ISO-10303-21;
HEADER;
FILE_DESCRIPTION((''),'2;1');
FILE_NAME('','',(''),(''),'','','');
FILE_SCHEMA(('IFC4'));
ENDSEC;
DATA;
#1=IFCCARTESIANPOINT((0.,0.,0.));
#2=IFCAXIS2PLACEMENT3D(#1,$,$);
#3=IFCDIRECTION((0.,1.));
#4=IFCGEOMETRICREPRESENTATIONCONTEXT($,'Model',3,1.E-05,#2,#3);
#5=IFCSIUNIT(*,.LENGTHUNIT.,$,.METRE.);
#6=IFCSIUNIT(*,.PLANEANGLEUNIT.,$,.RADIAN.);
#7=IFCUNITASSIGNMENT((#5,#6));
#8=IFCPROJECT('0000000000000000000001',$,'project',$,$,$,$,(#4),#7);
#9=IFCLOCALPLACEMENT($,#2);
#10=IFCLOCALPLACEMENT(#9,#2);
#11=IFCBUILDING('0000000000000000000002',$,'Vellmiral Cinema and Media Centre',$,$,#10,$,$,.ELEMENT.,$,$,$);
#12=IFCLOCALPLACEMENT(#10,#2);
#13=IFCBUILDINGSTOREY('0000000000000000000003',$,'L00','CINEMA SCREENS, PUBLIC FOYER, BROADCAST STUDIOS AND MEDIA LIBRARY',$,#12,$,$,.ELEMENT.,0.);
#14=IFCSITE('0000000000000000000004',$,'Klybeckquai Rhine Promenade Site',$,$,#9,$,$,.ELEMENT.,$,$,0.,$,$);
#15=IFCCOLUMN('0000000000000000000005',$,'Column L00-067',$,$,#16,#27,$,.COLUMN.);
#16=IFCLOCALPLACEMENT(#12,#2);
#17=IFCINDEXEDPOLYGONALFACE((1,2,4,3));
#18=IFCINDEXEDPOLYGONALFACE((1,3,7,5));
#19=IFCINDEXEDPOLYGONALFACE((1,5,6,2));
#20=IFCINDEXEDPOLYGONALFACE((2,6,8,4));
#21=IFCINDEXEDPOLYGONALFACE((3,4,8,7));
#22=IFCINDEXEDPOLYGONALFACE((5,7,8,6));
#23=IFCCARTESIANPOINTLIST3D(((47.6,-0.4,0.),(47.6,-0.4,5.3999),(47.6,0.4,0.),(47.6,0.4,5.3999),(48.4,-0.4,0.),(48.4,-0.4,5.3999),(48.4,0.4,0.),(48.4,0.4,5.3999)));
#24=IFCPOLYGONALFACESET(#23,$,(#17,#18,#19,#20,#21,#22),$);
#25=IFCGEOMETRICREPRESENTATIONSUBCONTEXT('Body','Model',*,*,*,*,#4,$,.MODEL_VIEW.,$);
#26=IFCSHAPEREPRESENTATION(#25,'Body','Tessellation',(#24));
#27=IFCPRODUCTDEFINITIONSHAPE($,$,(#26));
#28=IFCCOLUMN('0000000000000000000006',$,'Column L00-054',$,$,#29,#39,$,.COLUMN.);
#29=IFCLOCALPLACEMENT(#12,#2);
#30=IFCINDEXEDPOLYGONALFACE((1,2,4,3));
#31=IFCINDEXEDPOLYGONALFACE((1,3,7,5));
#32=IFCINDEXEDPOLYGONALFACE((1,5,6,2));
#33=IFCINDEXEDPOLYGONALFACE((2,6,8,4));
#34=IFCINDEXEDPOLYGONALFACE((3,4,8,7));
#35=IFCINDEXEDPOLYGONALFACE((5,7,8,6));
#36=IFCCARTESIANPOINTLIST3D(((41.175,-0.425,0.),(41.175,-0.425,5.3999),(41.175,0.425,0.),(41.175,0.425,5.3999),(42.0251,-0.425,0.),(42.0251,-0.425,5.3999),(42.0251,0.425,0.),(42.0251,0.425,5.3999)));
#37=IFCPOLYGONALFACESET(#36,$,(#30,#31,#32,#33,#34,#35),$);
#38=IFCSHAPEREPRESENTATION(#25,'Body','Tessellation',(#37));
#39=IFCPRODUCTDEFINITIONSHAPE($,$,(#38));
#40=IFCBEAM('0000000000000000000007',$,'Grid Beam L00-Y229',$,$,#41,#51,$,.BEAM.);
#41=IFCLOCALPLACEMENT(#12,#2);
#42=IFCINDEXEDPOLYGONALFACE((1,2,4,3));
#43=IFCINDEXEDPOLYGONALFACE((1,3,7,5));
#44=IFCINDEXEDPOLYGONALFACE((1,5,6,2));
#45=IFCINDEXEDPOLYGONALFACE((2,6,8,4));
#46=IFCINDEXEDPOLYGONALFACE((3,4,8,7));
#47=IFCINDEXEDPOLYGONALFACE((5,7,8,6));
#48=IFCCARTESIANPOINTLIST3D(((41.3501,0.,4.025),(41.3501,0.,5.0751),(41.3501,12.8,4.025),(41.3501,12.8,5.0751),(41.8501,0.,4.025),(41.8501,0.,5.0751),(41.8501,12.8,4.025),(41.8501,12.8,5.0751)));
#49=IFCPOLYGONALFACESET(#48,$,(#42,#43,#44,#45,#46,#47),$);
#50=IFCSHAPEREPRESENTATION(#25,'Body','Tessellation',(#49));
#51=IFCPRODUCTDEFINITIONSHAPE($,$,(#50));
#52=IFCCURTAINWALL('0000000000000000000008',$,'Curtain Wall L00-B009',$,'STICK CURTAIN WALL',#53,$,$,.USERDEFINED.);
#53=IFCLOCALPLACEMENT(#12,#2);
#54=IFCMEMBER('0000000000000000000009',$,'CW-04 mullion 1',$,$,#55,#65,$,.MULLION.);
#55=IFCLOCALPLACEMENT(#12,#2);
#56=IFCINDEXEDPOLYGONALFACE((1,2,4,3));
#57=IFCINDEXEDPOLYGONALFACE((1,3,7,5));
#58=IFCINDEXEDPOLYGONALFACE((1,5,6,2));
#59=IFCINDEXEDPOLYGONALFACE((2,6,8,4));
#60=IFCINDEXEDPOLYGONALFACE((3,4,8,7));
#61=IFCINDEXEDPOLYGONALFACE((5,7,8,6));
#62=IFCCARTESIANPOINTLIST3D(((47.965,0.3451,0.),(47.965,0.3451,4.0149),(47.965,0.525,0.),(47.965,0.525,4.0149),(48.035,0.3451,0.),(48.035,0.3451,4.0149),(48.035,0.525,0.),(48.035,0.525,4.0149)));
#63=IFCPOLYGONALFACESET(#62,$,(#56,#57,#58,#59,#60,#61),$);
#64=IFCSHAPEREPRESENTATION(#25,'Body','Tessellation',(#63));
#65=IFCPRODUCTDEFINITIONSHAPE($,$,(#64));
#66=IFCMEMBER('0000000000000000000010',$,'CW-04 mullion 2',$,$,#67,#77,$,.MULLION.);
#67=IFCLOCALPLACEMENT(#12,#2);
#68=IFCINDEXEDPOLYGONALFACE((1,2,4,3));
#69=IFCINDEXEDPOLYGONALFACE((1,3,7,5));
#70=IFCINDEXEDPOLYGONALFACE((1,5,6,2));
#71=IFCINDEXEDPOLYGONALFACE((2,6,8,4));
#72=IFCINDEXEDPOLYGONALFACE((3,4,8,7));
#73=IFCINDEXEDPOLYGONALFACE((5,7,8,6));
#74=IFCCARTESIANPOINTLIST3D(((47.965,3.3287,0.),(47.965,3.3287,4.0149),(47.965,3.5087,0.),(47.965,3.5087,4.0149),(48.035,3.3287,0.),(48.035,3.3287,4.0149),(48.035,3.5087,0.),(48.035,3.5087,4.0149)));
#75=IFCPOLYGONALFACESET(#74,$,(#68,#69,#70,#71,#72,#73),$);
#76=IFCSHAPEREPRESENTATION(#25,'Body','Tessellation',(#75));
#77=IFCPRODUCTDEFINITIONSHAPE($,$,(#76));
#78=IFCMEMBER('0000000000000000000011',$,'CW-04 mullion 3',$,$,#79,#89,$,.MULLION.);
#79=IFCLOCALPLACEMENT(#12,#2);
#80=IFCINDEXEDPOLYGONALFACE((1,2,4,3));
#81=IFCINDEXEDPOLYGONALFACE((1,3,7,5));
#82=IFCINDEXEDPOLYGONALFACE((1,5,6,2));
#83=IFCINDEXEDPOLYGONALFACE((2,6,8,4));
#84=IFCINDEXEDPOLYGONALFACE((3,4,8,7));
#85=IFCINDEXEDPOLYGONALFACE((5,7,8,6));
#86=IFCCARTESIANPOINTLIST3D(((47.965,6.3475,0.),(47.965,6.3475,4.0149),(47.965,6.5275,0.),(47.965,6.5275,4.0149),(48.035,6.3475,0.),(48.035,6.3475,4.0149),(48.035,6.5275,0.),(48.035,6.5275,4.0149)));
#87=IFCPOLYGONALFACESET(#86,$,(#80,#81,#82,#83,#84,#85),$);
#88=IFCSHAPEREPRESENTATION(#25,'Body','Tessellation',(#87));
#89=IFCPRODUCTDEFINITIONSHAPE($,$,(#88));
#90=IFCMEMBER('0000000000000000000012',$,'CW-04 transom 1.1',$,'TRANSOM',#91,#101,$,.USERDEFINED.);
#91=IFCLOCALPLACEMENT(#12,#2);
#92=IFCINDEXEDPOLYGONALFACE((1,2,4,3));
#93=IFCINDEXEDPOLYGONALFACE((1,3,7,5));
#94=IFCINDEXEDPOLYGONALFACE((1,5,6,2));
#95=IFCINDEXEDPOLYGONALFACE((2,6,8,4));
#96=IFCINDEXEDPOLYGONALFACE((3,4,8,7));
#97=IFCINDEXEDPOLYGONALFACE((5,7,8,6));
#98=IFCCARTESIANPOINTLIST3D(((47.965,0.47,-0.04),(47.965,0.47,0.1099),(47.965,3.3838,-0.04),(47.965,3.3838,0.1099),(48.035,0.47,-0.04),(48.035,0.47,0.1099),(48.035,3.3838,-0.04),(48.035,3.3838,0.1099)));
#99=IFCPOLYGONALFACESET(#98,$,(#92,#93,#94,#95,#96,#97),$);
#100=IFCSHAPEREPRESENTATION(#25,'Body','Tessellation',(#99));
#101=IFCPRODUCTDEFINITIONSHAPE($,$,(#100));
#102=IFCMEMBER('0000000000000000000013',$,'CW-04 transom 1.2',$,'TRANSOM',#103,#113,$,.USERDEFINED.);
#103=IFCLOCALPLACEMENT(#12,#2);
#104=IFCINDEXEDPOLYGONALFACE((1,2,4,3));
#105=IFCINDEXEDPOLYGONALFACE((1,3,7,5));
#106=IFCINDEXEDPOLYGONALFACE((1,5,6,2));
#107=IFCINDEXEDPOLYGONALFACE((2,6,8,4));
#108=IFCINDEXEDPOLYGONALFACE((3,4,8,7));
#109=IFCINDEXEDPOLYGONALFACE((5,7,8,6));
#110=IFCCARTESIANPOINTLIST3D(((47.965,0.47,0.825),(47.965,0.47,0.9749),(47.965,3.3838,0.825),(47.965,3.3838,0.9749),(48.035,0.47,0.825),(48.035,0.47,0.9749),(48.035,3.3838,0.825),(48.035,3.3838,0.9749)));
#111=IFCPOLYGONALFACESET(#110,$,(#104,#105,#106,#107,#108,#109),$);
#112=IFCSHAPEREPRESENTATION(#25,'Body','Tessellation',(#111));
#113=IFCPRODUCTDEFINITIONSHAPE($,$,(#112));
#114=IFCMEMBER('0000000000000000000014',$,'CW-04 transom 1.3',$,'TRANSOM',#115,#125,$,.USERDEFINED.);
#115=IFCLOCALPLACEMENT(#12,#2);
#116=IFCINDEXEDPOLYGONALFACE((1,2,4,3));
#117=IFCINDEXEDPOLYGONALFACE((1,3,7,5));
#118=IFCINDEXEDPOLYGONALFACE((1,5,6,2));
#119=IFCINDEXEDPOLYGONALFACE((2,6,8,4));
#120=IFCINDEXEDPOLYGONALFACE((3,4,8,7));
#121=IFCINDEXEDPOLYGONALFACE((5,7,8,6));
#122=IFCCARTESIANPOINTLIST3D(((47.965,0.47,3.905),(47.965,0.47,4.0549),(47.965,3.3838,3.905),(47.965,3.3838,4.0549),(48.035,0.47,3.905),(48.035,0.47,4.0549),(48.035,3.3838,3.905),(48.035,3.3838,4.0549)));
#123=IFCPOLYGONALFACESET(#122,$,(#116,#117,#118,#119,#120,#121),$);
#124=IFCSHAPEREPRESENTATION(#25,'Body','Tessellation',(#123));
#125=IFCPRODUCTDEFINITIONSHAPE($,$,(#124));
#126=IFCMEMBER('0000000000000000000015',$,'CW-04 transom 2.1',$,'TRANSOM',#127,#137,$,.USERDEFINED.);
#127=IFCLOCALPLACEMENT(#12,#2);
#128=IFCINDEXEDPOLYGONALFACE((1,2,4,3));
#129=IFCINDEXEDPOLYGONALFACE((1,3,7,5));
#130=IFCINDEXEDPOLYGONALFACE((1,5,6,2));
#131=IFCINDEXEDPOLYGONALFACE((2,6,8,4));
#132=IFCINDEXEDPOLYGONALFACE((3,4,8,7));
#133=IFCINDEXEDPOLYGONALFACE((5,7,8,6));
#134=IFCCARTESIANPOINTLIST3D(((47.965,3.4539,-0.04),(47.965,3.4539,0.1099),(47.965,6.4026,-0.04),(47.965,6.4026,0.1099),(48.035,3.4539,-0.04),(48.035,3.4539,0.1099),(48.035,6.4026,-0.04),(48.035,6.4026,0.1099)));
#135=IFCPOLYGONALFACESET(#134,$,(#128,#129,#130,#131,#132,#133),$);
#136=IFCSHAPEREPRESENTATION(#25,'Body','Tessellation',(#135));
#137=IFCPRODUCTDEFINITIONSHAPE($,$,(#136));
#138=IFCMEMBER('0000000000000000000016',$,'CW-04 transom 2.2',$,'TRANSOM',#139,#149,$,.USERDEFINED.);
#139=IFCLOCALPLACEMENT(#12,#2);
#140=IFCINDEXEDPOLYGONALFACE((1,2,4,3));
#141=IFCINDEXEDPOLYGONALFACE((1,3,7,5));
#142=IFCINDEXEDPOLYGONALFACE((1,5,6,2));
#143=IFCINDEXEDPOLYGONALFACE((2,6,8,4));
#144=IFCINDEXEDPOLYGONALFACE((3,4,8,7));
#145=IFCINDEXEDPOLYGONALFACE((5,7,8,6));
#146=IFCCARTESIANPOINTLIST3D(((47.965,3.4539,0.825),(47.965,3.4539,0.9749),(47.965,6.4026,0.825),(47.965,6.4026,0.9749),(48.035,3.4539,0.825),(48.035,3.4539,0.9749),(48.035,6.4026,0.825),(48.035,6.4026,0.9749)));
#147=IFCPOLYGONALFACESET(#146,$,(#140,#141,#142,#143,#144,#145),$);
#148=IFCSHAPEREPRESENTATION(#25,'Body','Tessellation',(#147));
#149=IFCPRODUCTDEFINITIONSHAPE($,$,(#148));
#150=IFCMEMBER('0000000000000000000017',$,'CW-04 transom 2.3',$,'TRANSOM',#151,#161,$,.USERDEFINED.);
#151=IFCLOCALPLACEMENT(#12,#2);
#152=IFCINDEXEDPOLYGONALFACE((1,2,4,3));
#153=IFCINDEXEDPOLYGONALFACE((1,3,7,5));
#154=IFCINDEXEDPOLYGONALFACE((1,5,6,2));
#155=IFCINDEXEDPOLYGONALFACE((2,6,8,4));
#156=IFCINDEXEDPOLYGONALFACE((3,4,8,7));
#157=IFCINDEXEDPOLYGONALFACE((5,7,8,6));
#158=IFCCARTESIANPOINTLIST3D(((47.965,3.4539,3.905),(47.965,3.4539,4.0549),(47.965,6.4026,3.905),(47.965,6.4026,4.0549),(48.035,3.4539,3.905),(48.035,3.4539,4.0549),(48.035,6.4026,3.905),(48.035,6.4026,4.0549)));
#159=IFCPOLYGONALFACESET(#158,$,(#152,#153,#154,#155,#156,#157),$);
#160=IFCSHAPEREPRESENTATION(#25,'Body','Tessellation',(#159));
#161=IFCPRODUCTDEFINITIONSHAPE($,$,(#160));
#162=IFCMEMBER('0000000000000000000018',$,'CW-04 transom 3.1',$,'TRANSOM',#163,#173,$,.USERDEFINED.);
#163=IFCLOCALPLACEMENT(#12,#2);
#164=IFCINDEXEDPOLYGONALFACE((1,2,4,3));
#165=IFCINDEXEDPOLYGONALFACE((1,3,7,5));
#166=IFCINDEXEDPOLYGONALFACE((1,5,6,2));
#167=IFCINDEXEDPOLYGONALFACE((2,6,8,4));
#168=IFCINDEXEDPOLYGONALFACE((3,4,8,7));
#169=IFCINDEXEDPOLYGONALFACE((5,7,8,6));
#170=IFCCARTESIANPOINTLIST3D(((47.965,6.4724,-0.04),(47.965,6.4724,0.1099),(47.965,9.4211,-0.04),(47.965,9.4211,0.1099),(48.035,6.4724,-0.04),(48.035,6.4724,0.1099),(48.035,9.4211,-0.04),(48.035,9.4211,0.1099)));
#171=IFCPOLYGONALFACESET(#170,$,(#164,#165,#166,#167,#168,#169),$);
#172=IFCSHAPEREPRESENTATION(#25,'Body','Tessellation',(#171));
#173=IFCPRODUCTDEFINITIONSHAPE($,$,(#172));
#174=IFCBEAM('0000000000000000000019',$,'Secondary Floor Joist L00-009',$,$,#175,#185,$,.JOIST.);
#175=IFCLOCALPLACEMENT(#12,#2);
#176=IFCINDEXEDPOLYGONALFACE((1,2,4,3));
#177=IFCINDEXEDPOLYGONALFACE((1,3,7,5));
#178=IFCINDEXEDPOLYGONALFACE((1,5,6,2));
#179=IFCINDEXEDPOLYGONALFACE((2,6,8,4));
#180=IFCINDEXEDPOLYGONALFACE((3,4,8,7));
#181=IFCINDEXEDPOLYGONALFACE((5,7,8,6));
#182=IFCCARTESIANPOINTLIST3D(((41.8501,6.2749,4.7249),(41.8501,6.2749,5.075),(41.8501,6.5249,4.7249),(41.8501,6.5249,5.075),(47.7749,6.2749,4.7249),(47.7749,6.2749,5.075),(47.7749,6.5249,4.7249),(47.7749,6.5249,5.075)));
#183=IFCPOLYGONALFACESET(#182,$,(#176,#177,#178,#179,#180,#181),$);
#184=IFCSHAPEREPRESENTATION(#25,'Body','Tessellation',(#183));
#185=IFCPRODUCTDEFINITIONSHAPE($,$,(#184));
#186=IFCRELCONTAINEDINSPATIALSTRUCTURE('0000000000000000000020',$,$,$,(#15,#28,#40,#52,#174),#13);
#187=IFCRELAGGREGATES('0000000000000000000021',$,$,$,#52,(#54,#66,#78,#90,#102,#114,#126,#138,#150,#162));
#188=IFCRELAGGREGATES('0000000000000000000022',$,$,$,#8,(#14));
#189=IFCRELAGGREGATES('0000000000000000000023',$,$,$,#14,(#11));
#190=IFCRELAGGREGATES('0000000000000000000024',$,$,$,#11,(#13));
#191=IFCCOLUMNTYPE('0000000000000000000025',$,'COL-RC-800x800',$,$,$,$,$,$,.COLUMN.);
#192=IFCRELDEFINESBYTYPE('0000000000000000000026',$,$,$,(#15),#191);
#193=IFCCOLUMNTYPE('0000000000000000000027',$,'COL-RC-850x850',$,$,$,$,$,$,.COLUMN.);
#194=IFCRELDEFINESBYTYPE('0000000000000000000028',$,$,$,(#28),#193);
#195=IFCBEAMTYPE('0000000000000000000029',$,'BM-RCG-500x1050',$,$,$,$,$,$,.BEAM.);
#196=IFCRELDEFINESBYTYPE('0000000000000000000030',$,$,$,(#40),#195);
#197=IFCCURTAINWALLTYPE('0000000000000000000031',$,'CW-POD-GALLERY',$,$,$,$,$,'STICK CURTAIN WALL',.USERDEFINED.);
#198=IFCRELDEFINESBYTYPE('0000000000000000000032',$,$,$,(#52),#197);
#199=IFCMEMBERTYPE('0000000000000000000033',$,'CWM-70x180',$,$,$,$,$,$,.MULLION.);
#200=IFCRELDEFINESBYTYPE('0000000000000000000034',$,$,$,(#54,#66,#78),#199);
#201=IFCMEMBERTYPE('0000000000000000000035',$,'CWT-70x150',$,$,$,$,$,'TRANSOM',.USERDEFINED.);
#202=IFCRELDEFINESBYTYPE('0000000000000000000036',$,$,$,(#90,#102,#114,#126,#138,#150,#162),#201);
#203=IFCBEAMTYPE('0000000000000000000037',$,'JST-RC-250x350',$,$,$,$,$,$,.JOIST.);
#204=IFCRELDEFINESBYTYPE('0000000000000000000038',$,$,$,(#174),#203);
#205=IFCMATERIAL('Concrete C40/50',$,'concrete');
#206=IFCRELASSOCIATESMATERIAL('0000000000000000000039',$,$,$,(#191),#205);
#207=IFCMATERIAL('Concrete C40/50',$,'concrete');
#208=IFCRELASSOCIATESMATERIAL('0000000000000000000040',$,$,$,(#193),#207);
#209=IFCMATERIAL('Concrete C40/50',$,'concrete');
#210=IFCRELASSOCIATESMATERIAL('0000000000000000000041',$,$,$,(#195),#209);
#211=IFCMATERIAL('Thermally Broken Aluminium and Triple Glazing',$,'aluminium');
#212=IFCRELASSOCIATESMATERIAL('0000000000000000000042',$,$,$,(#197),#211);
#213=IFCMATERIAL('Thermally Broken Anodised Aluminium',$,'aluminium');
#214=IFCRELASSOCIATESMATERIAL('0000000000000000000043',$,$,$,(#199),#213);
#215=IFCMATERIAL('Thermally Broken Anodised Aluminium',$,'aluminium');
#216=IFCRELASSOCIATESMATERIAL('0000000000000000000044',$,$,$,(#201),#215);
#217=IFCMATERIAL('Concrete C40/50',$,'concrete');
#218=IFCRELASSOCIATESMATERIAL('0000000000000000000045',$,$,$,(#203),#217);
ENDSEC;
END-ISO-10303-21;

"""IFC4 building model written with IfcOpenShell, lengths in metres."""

from ifc_helpers import new_model, si_unit, direction, frame, origin, origin_2d, place, context, subcontext, project, spatial, rectangle, extrude, material, material_profile, profile_set, type_object, element, aggregate, save


model = new_model("IFC4")

# Units and contexts
model_context = context("Model", 3, precision=1e-05, world=origin(), true_north=direction((0.0, 1.0)))
body_context = subcontext(model_context, "Body", "Model", "MODEL_VIEW")
ifc_project = project(units=[si_unit("LENGTHUNIT", "METRE"), si_unit("PLANEANGLEUNIT", "RADIAN")], contexts=[model_context])

# Site, building, storey
site_placement = place(None, origin())
site = spatial("IfcSite", under=ifc_project, at=site_placement, Name="Klybeckquai Rhine Promenade Site", CompositionType="ELEMENT", RefElevation=0.0)
building_placement = place(site_placement, origin())
building = spatial("IfcBuilding", under=site, at=building_placement, Name="Vellmiral Cinema and Media Centre", CompositionType="ELEMENT")
storey_placement = place(building_placement, origin())
storey = spatial("IfcBuildingStorey", under=building, at=storey_placement, Name="L00", Description="CINEMA SCREENS, PUBLIC FOYER, BROADCAST STUDIOS AND MEDIA LIBRARY", CompositionType="ELEMENT", Elevation=0.0)

# Columns
ifc_material_1 = material(Name="Concrete C40/50", Category="concrete")
ifc_material_profile_1 = material_profile(ifc_material_1, rectangle(XDim=0.8, YDim=0.8, at=origin_2d()), Name="RC 800x800")
ifc_profile_set_1 = profile_set([ifc_material_profile_1], Name="Concrete C40/50")
column_type_1 = type_object("IfcColumnType", Name="COL-RC-800x800", PredefinedType="COLUMN", material=ifc_profile_set_1)
column_1_placement = place(storey_placement, frame((48.0, 0.0, 0.0), z_axis=(0.0, 0.0, 1.0), x_axis=(1.0, 0.0, 0.0)))
element("IfcColumn", 1, at=column_1_placement, inside=storey, type_object=column_type_1, Name="Column L00-067", PredefinedType="COLUMN", context=body_context, shape_type="SweptSolid", body=[
    extrude(rectangle(XDim=0.8, YDim=0.8, at=origin_2d()), origin(), (0.0, 0.0, 1.0), 5.3999),
])
ifc_material_2 = material(Name="Concrete C40/50", Category="concrete")
ifc_material_profile_2 = material_profile(ifc_material_2, rectangle(XDim=0.8501, YDim=0.8501, at=origin_2d()), Name="RC 850x850")
ifc_profile_set_2 = profile_set([ifc_material_profile_2], Name="Concrete C40/50")
column_type_2 = type_object("IfcColumnType", Name="COL-RC-850x850", PredefinedType="COLUMN", material=ifc_profile_set_2)
column_2_placement = place(storey_placement, frame((41.6001, 0.0, 0.0), z_axis=(0.0, 0.0, 1.0), x_axis=(1.0, 0.0, 0.0)))
element("IfcColumn", 2, at=column_2_placement, inside=storey, type_object=column_type_2, Name="Column L00-054", PredefinedType="COLUMN", context=body_context, shape_type="SweptSolid", body=[
    extrude(rectangle(XDim=0.8501, YDim=0.8501, at=origin_2d()), origin(), (0.0, 0.0, 1.0), 5.3999),
])

# Beam
ifc_material_3 = material(Name="Concrete C40/50", Category="concrete")
ifc_material_profile_3 = material_profile(ifc_material_3, rectangle(XDim=0.5, YDim=1.05, at=origin_2d()), Name="RC 500x1050")
ifc_profile_set_3 = profile_set([ifc_material_profile_3], Name="Concrete C40/50")
beam_type_1 = type_object("IfcBeamType", Name="BM-RCG-500x1050", PredefinedType="BEAM", material=ifc_profile_set_3)
beam_1_placement = place(storey_placement, frame((41.6001, 0.0, 4.55), z_axis=(0.0, 1.0, 0.0), x_axis=(-1.0, 0.0, 0.0)))
element("IfcBeam", 3, at=beam_1_placement, inside=storey, type_object=beam_type_1, Name="Grid Beam L00-Y229", PredefinedType="BEAM", context=body_context, shape_type="SweptSolid", body=[
    extrude(rectangle(XDim=0.5, YDim=1.05, at=origin_2d()), origin(), (0.0, 0.0, 1.0), 12.8),
])

# Curtain wall, members
ifc_material_4 = material(Name="Thermally Broken Aluminium and Triple Glazing", Category="aluminium")
curtain_wall_type = type_object("IfcCurtainWallType", Name="CW-POD-GALLERY", ElementType="STICK CURTAIN WALL", PredefinedType="USERDEFINED", material=ifc_material_4)
curtain_wall_placement = place(storey_placement, origin())
curtain_wall = element("IfcCurtainWall", 4, at=curtain_wall_placement, inside=storey, type_object=curtain_wall_type, Name="Curtain Wall L00-B009", ObjectType="STICK CURTAIN WALL", PredefinedType="USERDEFINED")
ifc_material_5 = material(Name="Thermally Broken Anodised Aluminium", Category="aluminium")
ifc_material_profile_4 = material_profile(ifc_material_5, rectangle(XDim=0.0701, YDim=0.1799, at=origin_2d()), Name="MULL 70x180")
ifc_profile_set_4 = profile_set([ifc_material_profile_4], Name="Thermally Broken Anodised Aluminium")
member_type_1 = type_object("IfcMemberType", Name="CWM-70x180", PredefinedType="MULLION", material=ifc_profile_set_4)
member_1_placement = place(storey_placement, frame((48.0, 0.4351, 0.0), z_axis=(0.0, 0.0, 1.0), x_axis=(-1.0, 0.0, 0.0)))
member_1 = element("IfcMember", 5, at=member_1_placement, type_object=member_type_1, Name="CW-04 mullion 1", PredefinedType="MULLION", context=body_context, shape_type="SweptSolid", body=[
    extrude(rectangle(XDim=0.0701, YDim=0.1799, at=origin_2d()), origin(), (0.0, 0.0, 1.0), 4.0149),
])
member_2_placement = place(storey_placement, frame((48.0, 3.4187, 0.0), z_axis=(0.0, 0.0, 1.0), x_axis=(-1.0, 0.0, 0.0)))
member_2 = element("IfcMember", 6, at=member_2_placement, type_object=member_type_1, Name="CW-04 mullion 2", PredefinedType="MULLION", context=body_context, shape_type="SweptSolid", body=[
    extrude(rectangle(XDim=0.0701, YDim=0.1799, at=origin_2d()), origin(), (0.0, 0.0, 1.0), 4.0149),
])
member_3_placement = place(storey_placement, frame((48.0, 6.4375, 0.0), z_axis=(0.0, 0.0, 1.0), x_axis=(-1.0, 0.0, 0.0)))
member_3 = element("IfcMember", 7, at=member_3_placement, type_object=member_type_1, Name="CW-04 mullion 3", PredefinedType="MULLION", context=body_context, shape_type="SweptSolid", body=[
    extrude(rectangle(XDim=0.0701, YDim=0.1799, at=origin_2d()), origin(), (0.0, 0.0, 1.0), 4.0149),
])
ifc_material_6 = material(Name="Thermally Broken Anodised Aluminium", Category="aluminium")
ifc_material_profile_5 = material_profile(ifc_material_6, rectangle(XDim=0.0701, YDim=0.1499, at=origin_2d()), Name="MULL 70x150")
ifc_profile_set_5 = profile_set([ifc_material_profile_5], Name="Thermally Broken Anodised Aluminium")
member_type_2 = type_object("IfcMemberType", Name="CWT-70x150", ElementType="TRANSOM", PredefinedType="USERDEFINED", material=ifc_profile_set_5)
member_4_placement = place(storey_placement, frame((48.0, 0.47, 0.0349), z_axis=(0.0, 1.0, 0.0), x_axis=(-1.0, 0.0, 0.0)))
member_4 = element("IfcMember", 8, at=member_4_placement, type_object=member_type_2, Name="CW-04 transom 1.1", ObjectType="TRANSOM", PredefinedType="USERDEFINED", context=body_context, shape_type="SweptSolid", body=[
    extrude(rectangle(XDim=0.0701, YDim=0.1499, at=origin_2d()), origin(), (0.0, 0.0, 1.0), 2.9138),
])
member_5_placement = place(storey_placement, frame((48.0, 0.47, 0.8999), z_axis=(0.0, 1.0, 0.0), x_axis=(-1.0, 0.0, 0.0)))
member_5 = element("IfcMember", 9, at=member_5_placement, type_object=member_type_2, Name="CW-04 transom 1.2", ObjectType="TRANSOM", PredefinedType="USERDEFINED", context=body_context, shape_type="SweptSolid", body=[
    extrude(rectangle(XDim=0.0701, YDim=0.1499, at=origin_2d()), origin(), (0.0, 0.0, 1.0), 2.9138),
])
member_6_placement = place(storey_placement, frame((48.0, 0.47, 3.98), z_axis=(0.0, 1.0, 0.0), x_axis=(-1.0, 0.0, 0.0)))
member_6 = element("IfcMember", 10, at=member_6_placement, type_object=member_type_2, Name="CW-04 transom 1.3", ObjectType="TRANSOM", PredefinedType="USERDEFINED", context=body_context, shape_type="SweptSolid", body=[
    extrude(rectangle(XDim=0.0701, YDim=0.1499, at=origin_2d()), origin(), (0.0, 0.0, 1.0), 2.9138),
])
member_7_placement = place(storey_placement, frame((48.0, 3.4539, 0.0349), z_axis=(0.0, 1.0, 0.0), x_axis=(-1.0, 0.0, 0.0)))
member_7 = element("IfcMember", 11, at=member_7_placement, type_object=member_type_2, Name="CW-04 transom 2.1", ObjectType="TRANSOM", PredefinedType="USERDEFINED", context=body_context, shape_type="SweptSolid", body=[
    extrude(rectangle(XDim=0.0701, YDim=0.1499, at=origin_2d()), origin(), (0.0, 0.0, 1.0), 2.9487),
])
member_8_placement = place(storey_placement, frame((48.0, 3.4539, 0.8999), z_axis=(0.0, 1.0, 0.0), x_axis=(-1.0, 0.0, 0.0)))
member_8 = element("IfcMember", 12, at=member_8_placement, type_object=member_type_2, Name="CW-04 transom 2.2", ObjectType="TRANSOM", PredefinedType="USERDEFINED", context=body_context, shape_type="SweptSolid", body=[
    extrude(rectangle(XDim=0.0701, YDim=0.1499, at=origin_2d()), origin(), (0.0, 0.0, 1.0), 2.9487),
])
member_9_placement = place(storey_placement, frame((48.0, 3.4539, 3.98), z_axis=(0.0, 1.0, 0.0), x_axis=(-1.0, 0.0, 0.0)))
member_9 = element("IfcMember", 13, at=member_9_placement, type_object=member_type_2, Name="CW-04 transom 2.3", ObjectType="TRANSOM", PredefinedType="USERDEFINED", context=body_context, shape_type="SweptSolid", body=[
    extrude(rectangle(XDim=0.0701, YDim=0.1499, at=origin_2d()), origin(), (0.0, 0.0, 1.0), 2.9487),
])
member_10_placement = place(storey_placement, frame((48.0, 6.4724, 0.0349), z_axis=(0.0, 1.0, 0.0), x_axis=(-1.0, 0.0, 0.0)))
member_10 = element("IfcMember", 14, at=member_10_placement, type_object=member_type_2, Name="CW-04 transom 3.1", ObjectType="TRANSOM", PredefinedType="USERDEFINED", context=body_context, shape_type="SweptSolid", body=[
    extrude(rectangle(XDim=0.0701, YDim=0.1499, at=origin_2d()), origin(), (0.0, 0.0, 1.0), 2.9487),
])

# Beam
ifc_material_7 = material(Name="Concrete C40/50", Category="concrete")
ifc_material_profile_6 = material_profile(ifc_material_7, rectangle(XDim=0.25, YDim=0.3501, at=origin_2d()), Name="RC 250x350")
ifc_profile_set_6 = profile_set([ifc_material_profile_6], Name="Concrete C40/50")
beam_type_2 = type_object("IfcBeamType", Name="JST-RC-250x350", PredefinedType="JOIST", material=ifc_profile_set_6)
beam_2_placement = place(storey_placement, frame((41.8501, 6.3999, 4.8999), z_axis=(1.0, 0.0, 0.0), x_axis=(0.0, 1.0, 0.0)))
element("IfcBeam", 15, at=beam_2_placement, inside=storey, type_object=beam_type_2, Name="Secondary Floor Joist L00-009", PredefinedType="JOIST", context=body_context, shape_type="SweptSolid", body=[
    extrude(rectangle(XDim=0.25, YDim=0.3501, at=origin_2d()), origin(), (0.0, 0.0, 1.0), 5.9248),
])

aggregate(curtain_wall, [member_1, member_2, member_3, member_4, member_5, member_6, member_7, member_8, member_9, member_10])

save(model, "model.ifc")
